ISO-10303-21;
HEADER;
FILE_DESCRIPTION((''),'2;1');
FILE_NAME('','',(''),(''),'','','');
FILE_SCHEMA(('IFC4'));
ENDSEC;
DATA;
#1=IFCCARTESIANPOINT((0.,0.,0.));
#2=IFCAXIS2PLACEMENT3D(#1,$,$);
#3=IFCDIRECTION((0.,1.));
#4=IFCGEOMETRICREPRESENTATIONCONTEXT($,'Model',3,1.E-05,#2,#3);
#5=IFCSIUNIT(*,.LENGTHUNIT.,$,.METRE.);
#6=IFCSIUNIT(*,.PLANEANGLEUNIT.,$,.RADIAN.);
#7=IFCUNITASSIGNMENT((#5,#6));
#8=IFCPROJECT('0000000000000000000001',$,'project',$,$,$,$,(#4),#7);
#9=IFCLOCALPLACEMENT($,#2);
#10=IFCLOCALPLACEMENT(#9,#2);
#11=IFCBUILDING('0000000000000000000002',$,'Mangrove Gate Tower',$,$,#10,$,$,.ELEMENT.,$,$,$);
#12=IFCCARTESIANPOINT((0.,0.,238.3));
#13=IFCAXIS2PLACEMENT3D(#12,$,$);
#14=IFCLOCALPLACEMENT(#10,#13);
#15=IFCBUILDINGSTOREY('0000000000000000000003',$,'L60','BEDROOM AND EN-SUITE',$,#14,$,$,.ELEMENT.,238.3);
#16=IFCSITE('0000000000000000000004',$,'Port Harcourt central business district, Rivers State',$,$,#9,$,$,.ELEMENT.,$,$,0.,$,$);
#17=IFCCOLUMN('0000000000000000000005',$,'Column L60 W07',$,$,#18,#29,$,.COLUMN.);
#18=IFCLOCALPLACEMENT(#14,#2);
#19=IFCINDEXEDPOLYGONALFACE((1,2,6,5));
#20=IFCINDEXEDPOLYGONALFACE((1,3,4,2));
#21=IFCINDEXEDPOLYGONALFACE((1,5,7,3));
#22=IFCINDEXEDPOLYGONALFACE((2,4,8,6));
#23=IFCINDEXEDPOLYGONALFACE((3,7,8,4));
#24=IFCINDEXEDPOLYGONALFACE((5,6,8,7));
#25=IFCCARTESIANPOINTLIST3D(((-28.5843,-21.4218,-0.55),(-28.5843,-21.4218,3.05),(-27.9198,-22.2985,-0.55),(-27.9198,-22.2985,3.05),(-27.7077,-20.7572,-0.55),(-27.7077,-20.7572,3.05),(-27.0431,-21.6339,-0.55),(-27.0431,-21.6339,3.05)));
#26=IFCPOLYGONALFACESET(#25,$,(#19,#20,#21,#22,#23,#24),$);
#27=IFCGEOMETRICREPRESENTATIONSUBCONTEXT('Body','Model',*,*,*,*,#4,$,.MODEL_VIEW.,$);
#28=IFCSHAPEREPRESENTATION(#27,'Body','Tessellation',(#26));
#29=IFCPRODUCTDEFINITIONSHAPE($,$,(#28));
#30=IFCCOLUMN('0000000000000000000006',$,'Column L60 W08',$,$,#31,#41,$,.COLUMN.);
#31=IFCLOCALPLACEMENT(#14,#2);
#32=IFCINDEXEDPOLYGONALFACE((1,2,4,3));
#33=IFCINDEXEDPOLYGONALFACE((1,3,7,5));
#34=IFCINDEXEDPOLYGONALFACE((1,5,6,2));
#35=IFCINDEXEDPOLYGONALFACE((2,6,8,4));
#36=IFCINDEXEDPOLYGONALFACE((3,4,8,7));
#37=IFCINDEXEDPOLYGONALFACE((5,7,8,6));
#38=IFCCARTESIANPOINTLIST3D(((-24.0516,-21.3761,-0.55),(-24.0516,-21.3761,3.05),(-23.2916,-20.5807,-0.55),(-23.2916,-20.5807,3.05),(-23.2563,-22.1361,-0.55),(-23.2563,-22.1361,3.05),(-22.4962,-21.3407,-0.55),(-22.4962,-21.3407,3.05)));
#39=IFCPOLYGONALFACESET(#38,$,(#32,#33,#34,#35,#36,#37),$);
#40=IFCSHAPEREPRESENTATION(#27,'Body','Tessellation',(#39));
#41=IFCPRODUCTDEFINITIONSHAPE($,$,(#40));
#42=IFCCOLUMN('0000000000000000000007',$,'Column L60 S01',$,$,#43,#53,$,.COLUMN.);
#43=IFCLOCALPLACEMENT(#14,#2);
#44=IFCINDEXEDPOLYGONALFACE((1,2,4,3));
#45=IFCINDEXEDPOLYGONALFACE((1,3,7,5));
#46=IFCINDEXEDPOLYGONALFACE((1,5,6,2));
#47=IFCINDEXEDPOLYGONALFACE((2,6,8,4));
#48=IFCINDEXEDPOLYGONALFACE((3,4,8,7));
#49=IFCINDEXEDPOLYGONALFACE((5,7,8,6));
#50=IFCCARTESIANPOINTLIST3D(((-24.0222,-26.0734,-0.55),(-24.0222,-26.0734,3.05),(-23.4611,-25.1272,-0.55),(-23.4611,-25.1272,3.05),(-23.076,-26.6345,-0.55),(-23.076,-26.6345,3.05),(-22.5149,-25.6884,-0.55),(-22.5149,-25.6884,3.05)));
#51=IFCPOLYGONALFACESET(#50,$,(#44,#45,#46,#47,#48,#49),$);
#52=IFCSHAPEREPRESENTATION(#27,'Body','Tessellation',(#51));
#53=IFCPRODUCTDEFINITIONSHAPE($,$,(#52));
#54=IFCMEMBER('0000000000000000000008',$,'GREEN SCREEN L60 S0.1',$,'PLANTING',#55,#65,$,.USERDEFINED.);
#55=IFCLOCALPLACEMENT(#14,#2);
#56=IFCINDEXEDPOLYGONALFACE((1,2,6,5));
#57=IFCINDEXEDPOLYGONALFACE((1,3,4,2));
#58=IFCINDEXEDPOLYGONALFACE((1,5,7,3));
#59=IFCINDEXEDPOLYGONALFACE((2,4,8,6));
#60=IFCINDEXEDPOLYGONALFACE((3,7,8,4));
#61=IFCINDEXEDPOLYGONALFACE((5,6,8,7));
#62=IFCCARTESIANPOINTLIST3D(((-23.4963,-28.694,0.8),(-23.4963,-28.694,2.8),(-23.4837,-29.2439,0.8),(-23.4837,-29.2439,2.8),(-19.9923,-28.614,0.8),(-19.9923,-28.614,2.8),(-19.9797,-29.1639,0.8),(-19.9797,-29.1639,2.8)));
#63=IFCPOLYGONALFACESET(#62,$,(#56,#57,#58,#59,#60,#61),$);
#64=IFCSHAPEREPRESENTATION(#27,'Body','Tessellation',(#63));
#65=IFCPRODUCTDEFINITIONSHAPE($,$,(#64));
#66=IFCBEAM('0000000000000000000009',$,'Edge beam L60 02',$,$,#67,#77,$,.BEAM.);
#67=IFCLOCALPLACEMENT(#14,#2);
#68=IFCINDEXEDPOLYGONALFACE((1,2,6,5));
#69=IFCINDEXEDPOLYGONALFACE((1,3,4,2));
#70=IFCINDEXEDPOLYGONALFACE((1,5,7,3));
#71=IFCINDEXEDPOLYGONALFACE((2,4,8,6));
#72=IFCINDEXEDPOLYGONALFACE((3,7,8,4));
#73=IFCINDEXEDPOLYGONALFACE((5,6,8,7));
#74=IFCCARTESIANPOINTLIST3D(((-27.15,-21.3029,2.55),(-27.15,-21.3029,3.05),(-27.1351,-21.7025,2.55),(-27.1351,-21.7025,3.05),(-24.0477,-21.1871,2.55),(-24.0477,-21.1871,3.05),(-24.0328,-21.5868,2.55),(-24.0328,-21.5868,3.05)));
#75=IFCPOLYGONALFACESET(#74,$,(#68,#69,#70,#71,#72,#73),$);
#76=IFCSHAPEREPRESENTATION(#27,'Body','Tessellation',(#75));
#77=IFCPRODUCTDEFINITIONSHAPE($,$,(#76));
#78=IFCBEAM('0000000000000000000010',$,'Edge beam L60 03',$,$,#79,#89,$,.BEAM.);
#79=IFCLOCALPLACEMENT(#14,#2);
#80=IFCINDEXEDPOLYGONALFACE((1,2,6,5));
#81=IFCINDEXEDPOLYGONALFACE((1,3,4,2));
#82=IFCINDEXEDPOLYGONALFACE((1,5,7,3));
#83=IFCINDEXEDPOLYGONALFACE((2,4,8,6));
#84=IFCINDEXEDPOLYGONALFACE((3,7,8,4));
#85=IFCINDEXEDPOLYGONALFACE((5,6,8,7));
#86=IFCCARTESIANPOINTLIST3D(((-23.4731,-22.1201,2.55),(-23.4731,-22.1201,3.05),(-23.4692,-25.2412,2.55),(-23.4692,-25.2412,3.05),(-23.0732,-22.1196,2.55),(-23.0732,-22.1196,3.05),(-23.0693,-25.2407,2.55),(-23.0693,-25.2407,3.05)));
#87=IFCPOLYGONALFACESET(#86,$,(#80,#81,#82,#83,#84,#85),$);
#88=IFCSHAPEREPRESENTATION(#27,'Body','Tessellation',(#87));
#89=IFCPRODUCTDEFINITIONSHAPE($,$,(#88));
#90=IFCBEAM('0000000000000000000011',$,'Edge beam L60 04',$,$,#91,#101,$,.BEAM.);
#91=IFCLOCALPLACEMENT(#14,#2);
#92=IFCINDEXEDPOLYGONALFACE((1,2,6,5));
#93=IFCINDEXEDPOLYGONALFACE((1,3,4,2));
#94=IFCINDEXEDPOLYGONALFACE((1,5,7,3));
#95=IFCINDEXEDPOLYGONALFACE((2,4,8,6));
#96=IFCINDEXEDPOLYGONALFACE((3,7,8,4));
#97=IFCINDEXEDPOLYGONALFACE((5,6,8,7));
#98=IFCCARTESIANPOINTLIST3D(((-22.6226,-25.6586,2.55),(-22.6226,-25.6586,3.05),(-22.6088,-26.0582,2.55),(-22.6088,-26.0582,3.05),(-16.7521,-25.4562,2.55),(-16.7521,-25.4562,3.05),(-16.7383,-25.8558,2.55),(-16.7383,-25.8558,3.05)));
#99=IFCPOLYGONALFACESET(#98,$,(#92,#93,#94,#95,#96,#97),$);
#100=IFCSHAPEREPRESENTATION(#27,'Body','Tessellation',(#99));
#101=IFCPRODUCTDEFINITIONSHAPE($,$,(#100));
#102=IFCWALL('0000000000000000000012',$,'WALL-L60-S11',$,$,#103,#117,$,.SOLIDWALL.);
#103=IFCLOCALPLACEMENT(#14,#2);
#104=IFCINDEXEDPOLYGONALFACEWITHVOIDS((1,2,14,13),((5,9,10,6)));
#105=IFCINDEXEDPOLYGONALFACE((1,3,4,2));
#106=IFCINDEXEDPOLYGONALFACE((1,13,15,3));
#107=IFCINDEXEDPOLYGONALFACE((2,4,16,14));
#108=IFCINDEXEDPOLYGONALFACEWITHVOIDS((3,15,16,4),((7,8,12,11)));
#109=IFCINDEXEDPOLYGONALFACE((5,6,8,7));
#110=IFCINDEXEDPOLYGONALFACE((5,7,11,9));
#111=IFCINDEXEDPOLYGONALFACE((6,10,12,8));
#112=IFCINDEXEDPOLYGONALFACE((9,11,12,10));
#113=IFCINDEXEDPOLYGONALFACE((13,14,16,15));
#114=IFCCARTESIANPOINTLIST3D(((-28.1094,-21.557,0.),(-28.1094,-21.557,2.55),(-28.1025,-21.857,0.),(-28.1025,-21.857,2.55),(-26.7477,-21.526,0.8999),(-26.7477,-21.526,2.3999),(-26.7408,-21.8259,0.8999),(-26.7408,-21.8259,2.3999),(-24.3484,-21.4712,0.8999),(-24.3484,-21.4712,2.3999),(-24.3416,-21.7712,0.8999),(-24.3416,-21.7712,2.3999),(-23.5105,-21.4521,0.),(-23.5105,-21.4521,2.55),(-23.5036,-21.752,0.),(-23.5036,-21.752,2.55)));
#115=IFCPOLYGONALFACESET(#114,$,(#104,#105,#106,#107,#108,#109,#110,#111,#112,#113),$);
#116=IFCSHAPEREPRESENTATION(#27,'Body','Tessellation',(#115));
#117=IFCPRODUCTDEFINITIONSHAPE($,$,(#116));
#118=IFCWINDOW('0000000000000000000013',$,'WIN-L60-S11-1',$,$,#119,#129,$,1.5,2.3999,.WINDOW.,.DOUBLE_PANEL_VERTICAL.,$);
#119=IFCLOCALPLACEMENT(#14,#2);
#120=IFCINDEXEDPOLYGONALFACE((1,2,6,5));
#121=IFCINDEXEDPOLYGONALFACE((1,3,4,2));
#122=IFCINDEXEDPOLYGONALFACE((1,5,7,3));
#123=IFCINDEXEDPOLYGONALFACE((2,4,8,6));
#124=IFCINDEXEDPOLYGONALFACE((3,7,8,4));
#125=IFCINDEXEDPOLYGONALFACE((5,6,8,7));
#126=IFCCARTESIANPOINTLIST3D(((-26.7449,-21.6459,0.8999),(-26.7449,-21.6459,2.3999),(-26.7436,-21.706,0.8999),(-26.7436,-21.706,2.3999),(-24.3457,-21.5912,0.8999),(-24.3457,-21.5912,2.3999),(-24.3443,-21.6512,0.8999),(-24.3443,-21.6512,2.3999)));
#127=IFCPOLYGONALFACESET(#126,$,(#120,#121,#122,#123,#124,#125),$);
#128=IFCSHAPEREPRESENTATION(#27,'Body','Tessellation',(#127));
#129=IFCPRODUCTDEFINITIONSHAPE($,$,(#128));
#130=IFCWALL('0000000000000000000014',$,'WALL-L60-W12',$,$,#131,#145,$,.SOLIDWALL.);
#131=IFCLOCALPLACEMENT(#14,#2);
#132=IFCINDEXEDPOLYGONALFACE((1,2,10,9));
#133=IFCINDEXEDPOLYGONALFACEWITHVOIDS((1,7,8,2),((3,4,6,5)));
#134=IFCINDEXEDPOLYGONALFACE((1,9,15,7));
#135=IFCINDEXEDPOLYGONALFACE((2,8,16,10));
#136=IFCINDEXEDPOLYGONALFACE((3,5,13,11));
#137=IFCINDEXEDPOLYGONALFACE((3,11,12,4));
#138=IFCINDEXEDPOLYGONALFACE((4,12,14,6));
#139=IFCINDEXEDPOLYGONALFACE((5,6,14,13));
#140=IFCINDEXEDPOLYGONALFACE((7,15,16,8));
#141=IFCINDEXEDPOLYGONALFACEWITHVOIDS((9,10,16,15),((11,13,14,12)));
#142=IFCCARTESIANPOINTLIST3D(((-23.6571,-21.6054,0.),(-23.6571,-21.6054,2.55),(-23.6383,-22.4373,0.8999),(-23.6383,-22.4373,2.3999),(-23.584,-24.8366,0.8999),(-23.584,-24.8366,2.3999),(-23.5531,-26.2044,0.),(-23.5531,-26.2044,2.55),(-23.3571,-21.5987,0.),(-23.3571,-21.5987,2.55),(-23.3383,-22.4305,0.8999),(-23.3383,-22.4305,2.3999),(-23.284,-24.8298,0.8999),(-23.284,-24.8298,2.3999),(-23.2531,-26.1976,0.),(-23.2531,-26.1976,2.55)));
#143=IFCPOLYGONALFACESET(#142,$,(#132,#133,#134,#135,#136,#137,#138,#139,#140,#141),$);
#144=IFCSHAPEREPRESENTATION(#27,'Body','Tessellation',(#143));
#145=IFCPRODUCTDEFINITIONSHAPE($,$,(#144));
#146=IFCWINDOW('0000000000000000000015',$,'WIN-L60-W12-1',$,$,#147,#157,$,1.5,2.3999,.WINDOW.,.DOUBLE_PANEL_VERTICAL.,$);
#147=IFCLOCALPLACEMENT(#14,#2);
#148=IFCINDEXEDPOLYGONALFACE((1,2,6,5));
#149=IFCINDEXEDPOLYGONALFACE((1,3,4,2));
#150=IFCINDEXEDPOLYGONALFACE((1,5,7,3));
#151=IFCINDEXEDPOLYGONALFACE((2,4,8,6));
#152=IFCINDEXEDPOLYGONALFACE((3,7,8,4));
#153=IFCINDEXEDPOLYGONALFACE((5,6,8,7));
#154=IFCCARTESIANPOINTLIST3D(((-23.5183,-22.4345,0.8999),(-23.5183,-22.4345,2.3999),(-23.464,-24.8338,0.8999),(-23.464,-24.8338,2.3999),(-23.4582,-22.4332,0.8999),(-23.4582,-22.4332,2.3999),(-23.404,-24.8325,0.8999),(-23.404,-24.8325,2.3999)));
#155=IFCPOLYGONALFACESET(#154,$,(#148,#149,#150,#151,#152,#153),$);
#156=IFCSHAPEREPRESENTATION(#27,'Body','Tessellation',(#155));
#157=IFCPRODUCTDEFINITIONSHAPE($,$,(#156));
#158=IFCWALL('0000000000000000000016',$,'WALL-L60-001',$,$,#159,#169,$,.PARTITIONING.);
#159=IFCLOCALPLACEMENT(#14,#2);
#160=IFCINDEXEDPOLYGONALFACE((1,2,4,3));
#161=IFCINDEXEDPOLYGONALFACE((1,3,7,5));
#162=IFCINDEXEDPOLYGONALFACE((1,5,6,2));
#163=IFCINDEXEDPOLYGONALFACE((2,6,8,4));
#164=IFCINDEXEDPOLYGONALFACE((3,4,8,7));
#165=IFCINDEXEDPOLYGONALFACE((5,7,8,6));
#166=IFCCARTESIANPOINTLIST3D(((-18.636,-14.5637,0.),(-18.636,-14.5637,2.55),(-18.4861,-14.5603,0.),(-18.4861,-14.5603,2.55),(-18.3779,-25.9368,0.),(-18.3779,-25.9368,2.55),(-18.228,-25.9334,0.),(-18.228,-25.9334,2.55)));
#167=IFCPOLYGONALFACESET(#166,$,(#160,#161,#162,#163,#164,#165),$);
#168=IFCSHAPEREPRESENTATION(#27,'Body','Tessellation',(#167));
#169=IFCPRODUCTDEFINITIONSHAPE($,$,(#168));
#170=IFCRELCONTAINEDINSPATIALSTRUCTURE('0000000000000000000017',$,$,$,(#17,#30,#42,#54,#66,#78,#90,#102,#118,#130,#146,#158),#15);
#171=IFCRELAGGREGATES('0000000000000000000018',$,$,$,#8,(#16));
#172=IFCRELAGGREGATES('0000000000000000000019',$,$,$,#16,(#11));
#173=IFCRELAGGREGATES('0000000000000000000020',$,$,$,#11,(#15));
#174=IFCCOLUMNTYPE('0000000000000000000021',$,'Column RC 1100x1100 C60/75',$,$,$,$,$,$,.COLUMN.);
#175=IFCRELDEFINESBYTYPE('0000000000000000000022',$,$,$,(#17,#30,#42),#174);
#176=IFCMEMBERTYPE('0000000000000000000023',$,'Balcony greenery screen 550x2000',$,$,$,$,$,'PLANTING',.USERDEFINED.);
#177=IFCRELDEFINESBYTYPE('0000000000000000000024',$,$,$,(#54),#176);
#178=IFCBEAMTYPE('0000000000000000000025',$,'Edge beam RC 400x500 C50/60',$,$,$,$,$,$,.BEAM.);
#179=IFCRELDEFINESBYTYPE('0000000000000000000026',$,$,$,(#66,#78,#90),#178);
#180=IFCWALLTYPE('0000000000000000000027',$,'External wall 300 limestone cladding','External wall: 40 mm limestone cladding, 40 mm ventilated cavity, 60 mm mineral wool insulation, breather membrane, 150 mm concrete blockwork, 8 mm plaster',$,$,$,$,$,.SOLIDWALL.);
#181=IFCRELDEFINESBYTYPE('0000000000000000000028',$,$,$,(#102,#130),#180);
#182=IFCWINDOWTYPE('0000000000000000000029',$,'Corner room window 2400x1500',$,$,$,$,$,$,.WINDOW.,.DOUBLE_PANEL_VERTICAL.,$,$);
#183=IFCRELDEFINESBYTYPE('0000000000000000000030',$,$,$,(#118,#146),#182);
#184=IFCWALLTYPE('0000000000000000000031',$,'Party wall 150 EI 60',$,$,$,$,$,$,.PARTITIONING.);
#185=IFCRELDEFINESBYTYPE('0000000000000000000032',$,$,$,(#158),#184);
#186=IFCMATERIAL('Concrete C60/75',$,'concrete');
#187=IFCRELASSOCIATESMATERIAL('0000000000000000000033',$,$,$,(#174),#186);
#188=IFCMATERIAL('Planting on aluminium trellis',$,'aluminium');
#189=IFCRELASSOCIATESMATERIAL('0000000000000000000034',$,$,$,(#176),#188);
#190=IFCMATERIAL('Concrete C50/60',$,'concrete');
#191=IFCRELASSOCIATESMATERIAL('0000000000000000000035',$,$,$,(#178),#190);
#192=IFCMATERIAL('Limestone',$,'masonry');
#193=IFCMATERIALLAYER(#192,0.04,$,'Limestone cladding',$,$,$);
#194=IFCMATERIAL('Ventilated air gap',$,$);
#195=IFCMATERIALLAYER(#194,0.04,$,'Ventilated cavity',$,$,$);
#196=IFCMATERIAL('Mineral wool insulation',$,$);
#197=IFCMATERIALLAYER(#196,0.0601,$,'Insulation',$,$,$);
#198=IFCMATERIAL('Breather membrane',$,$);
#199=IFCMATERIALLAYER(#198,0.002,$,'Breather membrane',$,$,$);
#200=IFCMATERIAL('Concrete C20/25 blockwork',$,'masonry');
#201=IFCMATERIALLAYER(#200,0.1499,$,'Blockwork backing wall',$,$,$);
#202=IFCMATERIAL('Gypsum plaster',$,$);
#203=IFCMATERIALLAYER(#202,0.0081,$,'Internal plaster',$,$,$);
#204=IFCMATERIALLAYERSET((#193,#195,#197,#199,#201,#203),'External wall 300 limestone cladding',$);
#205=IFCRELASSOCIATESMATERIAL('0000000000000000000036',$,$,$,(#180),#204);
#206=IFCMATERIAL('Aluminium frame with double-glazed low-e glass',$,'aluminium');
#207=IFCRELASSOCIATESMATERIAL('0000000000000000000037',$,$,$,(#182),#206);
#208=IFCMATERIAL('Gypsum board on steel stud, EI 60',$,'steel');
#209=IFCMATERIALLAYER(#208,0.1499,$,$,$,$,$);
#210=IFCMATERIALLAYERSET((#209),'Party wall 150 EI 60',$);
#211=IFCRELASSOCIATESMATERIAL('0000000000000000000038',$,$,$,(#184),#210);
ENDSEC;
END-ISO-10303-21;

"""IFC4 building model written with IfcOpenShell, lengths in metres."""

from ifc_helpers import new_model, si_unit, direction, frame, frame_2d, origin, origin_2d, place, context, subcontext, project, spatial, rectangle, extrude, material, layer, layer_set, material_profile, profile_set, type_object, element, fill, save


model = new_model("IFC4")

# Units and contexts
model_context = context("Model", 3, precision=1e-05, world=origin(), true_north=direction((0.0, 1.0)))
body_context = subcontext(model_context, "Body", "Model", "MODEL_VIEW")
ifc_project = project(units=[si_unit("LENGTHUNIT", "METRE"), si_unit("PLANEANGLEUNIT", "RADIAN")], contexts=[model_context])

# Site, building, storey
site_placement = place(None, origin())
site = spatial("IfcSite", under=ifc_project, at=site_placement, Name="Port Harcourt central business district, Rivers State", CompositionType="ELEMENT", RefElevation=0.0)
building_placement = place(site_placement, origin())
building = spatial("IfcBuilding", under=site, at=building_placement, Name="Mangrove Gate Tower", CompositionType="ELEMENT")
storey_placement = place(building_placement, frame((0.0, 0.0, 238.3)))
storey = spatial("IfcBuildingStorey", under=building, at=storey_placement, Name="L60", Description="BEDROOM AND EN-SUITE", CompositionType="ELEMENT", Elevation=238.3)

# Columns
ifc_material_1 = material(Name="Concrete C60/75", Category="concrete")
ifc_material_profile_1 = material_profile(ifc_material_1, rectangle(XDim=1.1001, YDim=1.1001, at=origin_2d()))
ifc_profile_set_1 = profile_set([ifc_material_profile_1], Name="Concrete C60/75")
column_type = type_object("IfcColumnType", Name="Column RC 1100x1100 C60/75", PredefinedType="COLUMN", material=ifc_profile_set_1)
for number, where, z_axis, x_axis, name in (
    (1, (-27.8137, -21.5278, -0.55), (0.0, 0.0, 1.0), (0.604088, -0.796917, 0.0), "Column L60 W07"),
    (2, (-23.2739, -21.3584, -0.55), (0.0, 0.0, 1.0), (0.722989, -0.69086, 0.0), "Column L60 W08"),
    (3, (-23.2686, -25.8809, -0.55), (0.0, 0.0, 1.0), (0.860103, -0.510121, 0.0), "Column L60 S01"),
):
    element("IfcColumn", number, at=place(storey_placement, frame(where, z_axis=z_axis, x_axis=x_axis)), inside=storey, type_object=column_type, Name=name, PredefinedType="COLUMN", context=body_context, shape_type="SweptSolid", body=[
        extrude(rectangle(XDim=1.1001, YDim=1.1001, at=origin_2d()), origin(), (0.0, 0.0, 1.0), 3.6001),
    ])

# Member
ifc_material_2 = material(Name="Planting on aluminium trellis", Category="aluminium")
ifc_material_profile_2 = material_profile(ifc_material_2, rectangle(XDim=0.55, YDim=2.0, at=origin_2d()))
ifc_profile_set_2 = profile_set([ifc_material_profile_2], Name="Planting on aluminium trellis")
member_type = type_object("IfcMemberType", Name="Balcony greenery screen 550x2000", ElementType="PLANTING", PredefinedType="USERDEFINED", material=ifc_profile_set_2)
member_placement = place(storey_placement, frame((-23.49, -28.969, 1.8), z_axis=(0.999739, 0.022848, 0.0), x_axis=(-0.022848, 0.999739, 0.0)))
element("IfcMember", 4, at=member_placement, inside=storey, type_object=member_type, Name="GREEN SCREEN L60 S0.1", ObjectType="PLANTING", PredefinedType="USERDEFINED", context=body_context, shape_type="SweptSolid", body=[
    extrude(rectangle(XDim=0.55, YDim=2.0, at=origin_2d()), origin(), (0.0, 0.0, 1.0), 3.5049),
])

# Beams
ifc_material_3 = material(Name="Concrete C50/60", Category="concrete")
ifc_material_profile_3 = material_profile(ifc_material_3, rectangle(XDim=0.3999, YDim=0.5, at=origin_2d()))
ifc_profile_set_3 = profile_set([ifc_material_profile_3], Name="Concrete C50/60")
beam_type = type_object("IfcBeamType", Name="Edge beam RC 400x500 C50/60", PredefinedType="BEAM", material=ifc_profile_set_3)
beam_1_placement = place(storey_placement, frame((-27.1426, -21.5027, 2.8), z_axis=(0.999305, 0.037276, 0.0), x_axis=(-0.037276, 0.999305, 0.0)))
element("IfcBeam", 5, at=beam_1_placement, inside=storey, type_object=beam_type, Name="Edge beam L60 02", PredefinedType="BEAM", context=body_context, shape_type="SweptSolid", body=[
    extrude(rectangle(XDim=0.3999, YDim=0.5, at=origin_2d()), origin(), (0.0, 0.0, 1.0), 3.1045),
])
beam_2_placement = place(storey_placement, frame((-23.2732, -22.1199, 2.8), z_axis=(0.001252, -0.999999, 0.0), x_axis=(0.999999, 0.001252, 0.0)))
element("IfcBeam", 6, at=beam_2_placement, inside=storey, type_object=beam_type, Name="Edge beam L60 03", PredefinedType="BEAM", context=body_context, shape_type="SweptSolid", body=[
    extrude(rectangle(XDim=0.3999, YDim=0.5, at=origin_2d()), origin(), (0.0, 0.0, 1.0), 3.1211),
])
beam_3_placement = place(storey_placement, frame((-22.6157, -25.8584, 2.8), z_axis=(0.999406, 0.034455, 0.0), x_axis=(-0.034455, 0.999406, 0.0)))
element("IfcBeam", 7, at=beam_3_placement, inside=storey, type_object=beam_type, Name="Edge beam L60 04", PredefinedType="BEAM", context=body_context, shape_type="SweptSolid", body=[
    extrude(rectangle(XDim=0.3999, YDim=0.5, at=origin_2d()), origin(), (0.0, 0.0, 1.0), 5.874),
])

# Walls, openings, windows
ifc_material_4 = material(Name="Limestone", Category="masonry")
ifc_layer_1 = layer(ifc_material_4, 0.04, Name="Limestone cladding")
ifc_material_5 = material(Name="Ventilated air gap")
ifc_layer_2 = layer(ifc_material_5, 0.04, Name="Ventilated cavity")
ifc_material_6 = material(Name="Mineral wool insulation")
ifc_layer_3 = layer(ifc_material_6, 0.0601, Name="Insulation")
ifc_material_7 = material(Name="Breather membrane")
ifc_layer_4 = layer(ifc_material_7, 0.002, Name="Breather membrane")
ifc_material_8 = material(Name="Concrete C20/25 blockwork", Category="masonry")
ifc_layer_5 = layer(ifc_material_8, 0.1499, Name="Blockwork backing wall")
ifc_material_9 = material(Name="Gypsum plaster")
ifc_layer_6 = layer(ifc_material_9, 0.0081, Name="Internal plaster")
ifc_layer_set_1 = layer_set([ifc_layer_1, ifc_layer_2, ifc_layer_3, ifc_layer_4, ifc_layer_5, ifc_layer_6], Name="External wall 300 limestone cladding")
wall_type_1 = type_object("IfcWallType", Name="External wall 300 limestone cladding", Description="External wall: 40 mm limestone cladding, 40 mm ventilated cavity, 60 mm mineral wool insulation, breather membrane, 150 mm concrete blockwork, 8 mm plaster", PredefinedType="SOLIDWALL", material=ifc_layer_set_1)
wall_1_placement = place(storey_placement, frame((-28.106, -21.707, 0.0), z_axis=(0.0, 0.0, 1.0), x_axis=(0.99974, 0.022821, 0.0)))
wall_1 = element("IfcWall", 8, at=wall_1_placement, inside=storey, type_object=wall_type_1, Name="WALL-L60-S11", PredefinedType="SOLIDWALL", context=body_context, shape_type="SweptSolid", body=[
    extrude(rectangle(XDim=4.6001, YDim=0.3, at=frame_2d((2.3, 0.0))), origin(), (0.0, 0.0, 1.0), 2.55),
])
opening_1_placement = place(wall_1_placement, frame((1.3621, 0.0, 0.8999)))
opening_1 = element("IfcOpeningElement", 9, at=opening_1_placement, cuts=wall_1, PredefinedType="OPENING", context=body_context, shape_type="SweptSolid", body=[
    extrude(rectangle(XDim=2.3999, YDim=1.5, at=frame_2d((1.2, 0.75))), frame((0.0, 0.1599, 0.0), z_axis=(0.0, -1.0, 0.0), x_axis=(1.0, 0.0, 0.0)), (0.0, 0.0, 1.0), 0.3201),
])
ifc_material_10 = material(Name="Aluminium frame with double-glazed low-e glass", Category="aluminium")
window_type_1 = type_object("IfcWindowType", Name="Corner room window 2400x1500", PartitioningType="DOUBLE_PANEL_VERTICAL", PredefinedType="WINDOW", material=ifc_material_10)
window_1_placement = place(opening_1_placement, origin())
window_1 = element("IfcWindow", 10, at=window_1_placement, inside=storey, type_object=window_type_1, Name="WIN-L60-S11-1", OverallHeight=1.5, OverallWidth=2.3999, PartitioningType="DOUBLE_PANEL_VERTICAL", PredefinedType="WINDOW", context=body_context, shape_type="SweptSolid", body=[
    extrude(rectangle(XDim=2.3999, YDim=1.5, at=frame_2d((1.2, 0.75))), frame((0.0, 0.03, 0.0), z_axis=(0.0, -1.0, 0.0), x_axis=(1.0, 0.0, 0.0)), (0.0, 0.0, 1.0), 0.0601),
])
fill(opening_1, window_1)
wall_2_placement = place(storey_placement, frame((-23.5071, -21.6021, 0.0), z_axis=(0.0, 0.0, 1.0), x_axis=(0.022609, -0.999744, 0.0)))
wall_2 = element("IfcWall", 11, at=wall_2_placement, inside=storey, type_object=wall_type_1, Name="WALL-L60-W12", PredefinedType="SOLIDWALL", context=body_context, shape_type="SweptSolid", body=[
    extrude(rectangle(XDim=4.6001, YDim=0.3, at=frame_2d((2.3, 0.0))), origin(), (0.0, 0.0, 1.0), 2.55),
])
opening_2_placement = place(wall_2_placement, frame((0.832, 0.0, 0.8999)))
opening_2 = element("IfcOpeningElement", 12, at=opening_2_placement, cuts=wall_2, PredefinedType="OPENING", context=body_context, shape_type="SweptSolid", body=[
    extrude(rectangle(XDim=2.3999, YDim=1.5, at=frame_2d((1.2, 0.75))), frame((0.0, 0.1599, 0.0), z_axis=(0.0, -1.0, 0.0), x_axis=(1.0, 0.0, 0.0)), (0.0, 0.0, 1.0), 0.3201),
])
window_2_placement = place(opening_2_placement, origin())
window_2 = element("IfcWindow", 13, at=window_2_placement, inside=storey, type_object=window_type_1, Name="WIN-L60-W12-1", OverallHeight=1.5, OverallWidth=2.3999, PartitioningType="DOUBLE_PANEL_VERTICAL", PredefinedType="WINDOW", context=body_context, shape_type="SweptSolid", body=[
    extrude(rectangle(XDim=2.3999, YDim=1.5, at=frame_2d((1.2, 0.75))), frame((0.0, 0.03, 0.0), z_axis=(0.0, -1.0, 0.0), x_axis=(1.0, 0.0, 0.0)), (0.0, 0.0, 1.0), 0.0601),
])
fill(opening_2, window_2)

# Wall
ifc_material_11 = material(Name="Gypsum board on steel stud, EI 60", Category="steel")
ifc_layer_7 = layer(ifc_material_11, 0.1499)
ifc_layer_set_2 = layer_set([ifc_layer_7], Name="Party wall 150 EI 60")
wall_type_2 = type_object("IfcWallType", Name="Party wall 150 EI 60", PredefinedType="PARTITIONING", material=ifc_layer_set_2)
wall_3_placement = place(storey_placement, frame((-18.303, -25.9351, 0.0), z_axis=(0.0, 0.0, 1.0), x_axis=(-0.022684, 0.999743, 0.0)))
element("IfcWall", 14, at=wall_3_placement, inside=storey, type_object=wall_type_2, Name="WALL-L60-001", PredefinedType="PARTITIONING", context=body_context, shape_type="SweptSolid", body=[
    extrude(rectangle(XDim=11.376, YDim=0.1499, at=frame_2d((5.688, 0.0))), origin(), (0.0, 0.0, 1.0), 2.55),
])

save(model, "model.ifc")
